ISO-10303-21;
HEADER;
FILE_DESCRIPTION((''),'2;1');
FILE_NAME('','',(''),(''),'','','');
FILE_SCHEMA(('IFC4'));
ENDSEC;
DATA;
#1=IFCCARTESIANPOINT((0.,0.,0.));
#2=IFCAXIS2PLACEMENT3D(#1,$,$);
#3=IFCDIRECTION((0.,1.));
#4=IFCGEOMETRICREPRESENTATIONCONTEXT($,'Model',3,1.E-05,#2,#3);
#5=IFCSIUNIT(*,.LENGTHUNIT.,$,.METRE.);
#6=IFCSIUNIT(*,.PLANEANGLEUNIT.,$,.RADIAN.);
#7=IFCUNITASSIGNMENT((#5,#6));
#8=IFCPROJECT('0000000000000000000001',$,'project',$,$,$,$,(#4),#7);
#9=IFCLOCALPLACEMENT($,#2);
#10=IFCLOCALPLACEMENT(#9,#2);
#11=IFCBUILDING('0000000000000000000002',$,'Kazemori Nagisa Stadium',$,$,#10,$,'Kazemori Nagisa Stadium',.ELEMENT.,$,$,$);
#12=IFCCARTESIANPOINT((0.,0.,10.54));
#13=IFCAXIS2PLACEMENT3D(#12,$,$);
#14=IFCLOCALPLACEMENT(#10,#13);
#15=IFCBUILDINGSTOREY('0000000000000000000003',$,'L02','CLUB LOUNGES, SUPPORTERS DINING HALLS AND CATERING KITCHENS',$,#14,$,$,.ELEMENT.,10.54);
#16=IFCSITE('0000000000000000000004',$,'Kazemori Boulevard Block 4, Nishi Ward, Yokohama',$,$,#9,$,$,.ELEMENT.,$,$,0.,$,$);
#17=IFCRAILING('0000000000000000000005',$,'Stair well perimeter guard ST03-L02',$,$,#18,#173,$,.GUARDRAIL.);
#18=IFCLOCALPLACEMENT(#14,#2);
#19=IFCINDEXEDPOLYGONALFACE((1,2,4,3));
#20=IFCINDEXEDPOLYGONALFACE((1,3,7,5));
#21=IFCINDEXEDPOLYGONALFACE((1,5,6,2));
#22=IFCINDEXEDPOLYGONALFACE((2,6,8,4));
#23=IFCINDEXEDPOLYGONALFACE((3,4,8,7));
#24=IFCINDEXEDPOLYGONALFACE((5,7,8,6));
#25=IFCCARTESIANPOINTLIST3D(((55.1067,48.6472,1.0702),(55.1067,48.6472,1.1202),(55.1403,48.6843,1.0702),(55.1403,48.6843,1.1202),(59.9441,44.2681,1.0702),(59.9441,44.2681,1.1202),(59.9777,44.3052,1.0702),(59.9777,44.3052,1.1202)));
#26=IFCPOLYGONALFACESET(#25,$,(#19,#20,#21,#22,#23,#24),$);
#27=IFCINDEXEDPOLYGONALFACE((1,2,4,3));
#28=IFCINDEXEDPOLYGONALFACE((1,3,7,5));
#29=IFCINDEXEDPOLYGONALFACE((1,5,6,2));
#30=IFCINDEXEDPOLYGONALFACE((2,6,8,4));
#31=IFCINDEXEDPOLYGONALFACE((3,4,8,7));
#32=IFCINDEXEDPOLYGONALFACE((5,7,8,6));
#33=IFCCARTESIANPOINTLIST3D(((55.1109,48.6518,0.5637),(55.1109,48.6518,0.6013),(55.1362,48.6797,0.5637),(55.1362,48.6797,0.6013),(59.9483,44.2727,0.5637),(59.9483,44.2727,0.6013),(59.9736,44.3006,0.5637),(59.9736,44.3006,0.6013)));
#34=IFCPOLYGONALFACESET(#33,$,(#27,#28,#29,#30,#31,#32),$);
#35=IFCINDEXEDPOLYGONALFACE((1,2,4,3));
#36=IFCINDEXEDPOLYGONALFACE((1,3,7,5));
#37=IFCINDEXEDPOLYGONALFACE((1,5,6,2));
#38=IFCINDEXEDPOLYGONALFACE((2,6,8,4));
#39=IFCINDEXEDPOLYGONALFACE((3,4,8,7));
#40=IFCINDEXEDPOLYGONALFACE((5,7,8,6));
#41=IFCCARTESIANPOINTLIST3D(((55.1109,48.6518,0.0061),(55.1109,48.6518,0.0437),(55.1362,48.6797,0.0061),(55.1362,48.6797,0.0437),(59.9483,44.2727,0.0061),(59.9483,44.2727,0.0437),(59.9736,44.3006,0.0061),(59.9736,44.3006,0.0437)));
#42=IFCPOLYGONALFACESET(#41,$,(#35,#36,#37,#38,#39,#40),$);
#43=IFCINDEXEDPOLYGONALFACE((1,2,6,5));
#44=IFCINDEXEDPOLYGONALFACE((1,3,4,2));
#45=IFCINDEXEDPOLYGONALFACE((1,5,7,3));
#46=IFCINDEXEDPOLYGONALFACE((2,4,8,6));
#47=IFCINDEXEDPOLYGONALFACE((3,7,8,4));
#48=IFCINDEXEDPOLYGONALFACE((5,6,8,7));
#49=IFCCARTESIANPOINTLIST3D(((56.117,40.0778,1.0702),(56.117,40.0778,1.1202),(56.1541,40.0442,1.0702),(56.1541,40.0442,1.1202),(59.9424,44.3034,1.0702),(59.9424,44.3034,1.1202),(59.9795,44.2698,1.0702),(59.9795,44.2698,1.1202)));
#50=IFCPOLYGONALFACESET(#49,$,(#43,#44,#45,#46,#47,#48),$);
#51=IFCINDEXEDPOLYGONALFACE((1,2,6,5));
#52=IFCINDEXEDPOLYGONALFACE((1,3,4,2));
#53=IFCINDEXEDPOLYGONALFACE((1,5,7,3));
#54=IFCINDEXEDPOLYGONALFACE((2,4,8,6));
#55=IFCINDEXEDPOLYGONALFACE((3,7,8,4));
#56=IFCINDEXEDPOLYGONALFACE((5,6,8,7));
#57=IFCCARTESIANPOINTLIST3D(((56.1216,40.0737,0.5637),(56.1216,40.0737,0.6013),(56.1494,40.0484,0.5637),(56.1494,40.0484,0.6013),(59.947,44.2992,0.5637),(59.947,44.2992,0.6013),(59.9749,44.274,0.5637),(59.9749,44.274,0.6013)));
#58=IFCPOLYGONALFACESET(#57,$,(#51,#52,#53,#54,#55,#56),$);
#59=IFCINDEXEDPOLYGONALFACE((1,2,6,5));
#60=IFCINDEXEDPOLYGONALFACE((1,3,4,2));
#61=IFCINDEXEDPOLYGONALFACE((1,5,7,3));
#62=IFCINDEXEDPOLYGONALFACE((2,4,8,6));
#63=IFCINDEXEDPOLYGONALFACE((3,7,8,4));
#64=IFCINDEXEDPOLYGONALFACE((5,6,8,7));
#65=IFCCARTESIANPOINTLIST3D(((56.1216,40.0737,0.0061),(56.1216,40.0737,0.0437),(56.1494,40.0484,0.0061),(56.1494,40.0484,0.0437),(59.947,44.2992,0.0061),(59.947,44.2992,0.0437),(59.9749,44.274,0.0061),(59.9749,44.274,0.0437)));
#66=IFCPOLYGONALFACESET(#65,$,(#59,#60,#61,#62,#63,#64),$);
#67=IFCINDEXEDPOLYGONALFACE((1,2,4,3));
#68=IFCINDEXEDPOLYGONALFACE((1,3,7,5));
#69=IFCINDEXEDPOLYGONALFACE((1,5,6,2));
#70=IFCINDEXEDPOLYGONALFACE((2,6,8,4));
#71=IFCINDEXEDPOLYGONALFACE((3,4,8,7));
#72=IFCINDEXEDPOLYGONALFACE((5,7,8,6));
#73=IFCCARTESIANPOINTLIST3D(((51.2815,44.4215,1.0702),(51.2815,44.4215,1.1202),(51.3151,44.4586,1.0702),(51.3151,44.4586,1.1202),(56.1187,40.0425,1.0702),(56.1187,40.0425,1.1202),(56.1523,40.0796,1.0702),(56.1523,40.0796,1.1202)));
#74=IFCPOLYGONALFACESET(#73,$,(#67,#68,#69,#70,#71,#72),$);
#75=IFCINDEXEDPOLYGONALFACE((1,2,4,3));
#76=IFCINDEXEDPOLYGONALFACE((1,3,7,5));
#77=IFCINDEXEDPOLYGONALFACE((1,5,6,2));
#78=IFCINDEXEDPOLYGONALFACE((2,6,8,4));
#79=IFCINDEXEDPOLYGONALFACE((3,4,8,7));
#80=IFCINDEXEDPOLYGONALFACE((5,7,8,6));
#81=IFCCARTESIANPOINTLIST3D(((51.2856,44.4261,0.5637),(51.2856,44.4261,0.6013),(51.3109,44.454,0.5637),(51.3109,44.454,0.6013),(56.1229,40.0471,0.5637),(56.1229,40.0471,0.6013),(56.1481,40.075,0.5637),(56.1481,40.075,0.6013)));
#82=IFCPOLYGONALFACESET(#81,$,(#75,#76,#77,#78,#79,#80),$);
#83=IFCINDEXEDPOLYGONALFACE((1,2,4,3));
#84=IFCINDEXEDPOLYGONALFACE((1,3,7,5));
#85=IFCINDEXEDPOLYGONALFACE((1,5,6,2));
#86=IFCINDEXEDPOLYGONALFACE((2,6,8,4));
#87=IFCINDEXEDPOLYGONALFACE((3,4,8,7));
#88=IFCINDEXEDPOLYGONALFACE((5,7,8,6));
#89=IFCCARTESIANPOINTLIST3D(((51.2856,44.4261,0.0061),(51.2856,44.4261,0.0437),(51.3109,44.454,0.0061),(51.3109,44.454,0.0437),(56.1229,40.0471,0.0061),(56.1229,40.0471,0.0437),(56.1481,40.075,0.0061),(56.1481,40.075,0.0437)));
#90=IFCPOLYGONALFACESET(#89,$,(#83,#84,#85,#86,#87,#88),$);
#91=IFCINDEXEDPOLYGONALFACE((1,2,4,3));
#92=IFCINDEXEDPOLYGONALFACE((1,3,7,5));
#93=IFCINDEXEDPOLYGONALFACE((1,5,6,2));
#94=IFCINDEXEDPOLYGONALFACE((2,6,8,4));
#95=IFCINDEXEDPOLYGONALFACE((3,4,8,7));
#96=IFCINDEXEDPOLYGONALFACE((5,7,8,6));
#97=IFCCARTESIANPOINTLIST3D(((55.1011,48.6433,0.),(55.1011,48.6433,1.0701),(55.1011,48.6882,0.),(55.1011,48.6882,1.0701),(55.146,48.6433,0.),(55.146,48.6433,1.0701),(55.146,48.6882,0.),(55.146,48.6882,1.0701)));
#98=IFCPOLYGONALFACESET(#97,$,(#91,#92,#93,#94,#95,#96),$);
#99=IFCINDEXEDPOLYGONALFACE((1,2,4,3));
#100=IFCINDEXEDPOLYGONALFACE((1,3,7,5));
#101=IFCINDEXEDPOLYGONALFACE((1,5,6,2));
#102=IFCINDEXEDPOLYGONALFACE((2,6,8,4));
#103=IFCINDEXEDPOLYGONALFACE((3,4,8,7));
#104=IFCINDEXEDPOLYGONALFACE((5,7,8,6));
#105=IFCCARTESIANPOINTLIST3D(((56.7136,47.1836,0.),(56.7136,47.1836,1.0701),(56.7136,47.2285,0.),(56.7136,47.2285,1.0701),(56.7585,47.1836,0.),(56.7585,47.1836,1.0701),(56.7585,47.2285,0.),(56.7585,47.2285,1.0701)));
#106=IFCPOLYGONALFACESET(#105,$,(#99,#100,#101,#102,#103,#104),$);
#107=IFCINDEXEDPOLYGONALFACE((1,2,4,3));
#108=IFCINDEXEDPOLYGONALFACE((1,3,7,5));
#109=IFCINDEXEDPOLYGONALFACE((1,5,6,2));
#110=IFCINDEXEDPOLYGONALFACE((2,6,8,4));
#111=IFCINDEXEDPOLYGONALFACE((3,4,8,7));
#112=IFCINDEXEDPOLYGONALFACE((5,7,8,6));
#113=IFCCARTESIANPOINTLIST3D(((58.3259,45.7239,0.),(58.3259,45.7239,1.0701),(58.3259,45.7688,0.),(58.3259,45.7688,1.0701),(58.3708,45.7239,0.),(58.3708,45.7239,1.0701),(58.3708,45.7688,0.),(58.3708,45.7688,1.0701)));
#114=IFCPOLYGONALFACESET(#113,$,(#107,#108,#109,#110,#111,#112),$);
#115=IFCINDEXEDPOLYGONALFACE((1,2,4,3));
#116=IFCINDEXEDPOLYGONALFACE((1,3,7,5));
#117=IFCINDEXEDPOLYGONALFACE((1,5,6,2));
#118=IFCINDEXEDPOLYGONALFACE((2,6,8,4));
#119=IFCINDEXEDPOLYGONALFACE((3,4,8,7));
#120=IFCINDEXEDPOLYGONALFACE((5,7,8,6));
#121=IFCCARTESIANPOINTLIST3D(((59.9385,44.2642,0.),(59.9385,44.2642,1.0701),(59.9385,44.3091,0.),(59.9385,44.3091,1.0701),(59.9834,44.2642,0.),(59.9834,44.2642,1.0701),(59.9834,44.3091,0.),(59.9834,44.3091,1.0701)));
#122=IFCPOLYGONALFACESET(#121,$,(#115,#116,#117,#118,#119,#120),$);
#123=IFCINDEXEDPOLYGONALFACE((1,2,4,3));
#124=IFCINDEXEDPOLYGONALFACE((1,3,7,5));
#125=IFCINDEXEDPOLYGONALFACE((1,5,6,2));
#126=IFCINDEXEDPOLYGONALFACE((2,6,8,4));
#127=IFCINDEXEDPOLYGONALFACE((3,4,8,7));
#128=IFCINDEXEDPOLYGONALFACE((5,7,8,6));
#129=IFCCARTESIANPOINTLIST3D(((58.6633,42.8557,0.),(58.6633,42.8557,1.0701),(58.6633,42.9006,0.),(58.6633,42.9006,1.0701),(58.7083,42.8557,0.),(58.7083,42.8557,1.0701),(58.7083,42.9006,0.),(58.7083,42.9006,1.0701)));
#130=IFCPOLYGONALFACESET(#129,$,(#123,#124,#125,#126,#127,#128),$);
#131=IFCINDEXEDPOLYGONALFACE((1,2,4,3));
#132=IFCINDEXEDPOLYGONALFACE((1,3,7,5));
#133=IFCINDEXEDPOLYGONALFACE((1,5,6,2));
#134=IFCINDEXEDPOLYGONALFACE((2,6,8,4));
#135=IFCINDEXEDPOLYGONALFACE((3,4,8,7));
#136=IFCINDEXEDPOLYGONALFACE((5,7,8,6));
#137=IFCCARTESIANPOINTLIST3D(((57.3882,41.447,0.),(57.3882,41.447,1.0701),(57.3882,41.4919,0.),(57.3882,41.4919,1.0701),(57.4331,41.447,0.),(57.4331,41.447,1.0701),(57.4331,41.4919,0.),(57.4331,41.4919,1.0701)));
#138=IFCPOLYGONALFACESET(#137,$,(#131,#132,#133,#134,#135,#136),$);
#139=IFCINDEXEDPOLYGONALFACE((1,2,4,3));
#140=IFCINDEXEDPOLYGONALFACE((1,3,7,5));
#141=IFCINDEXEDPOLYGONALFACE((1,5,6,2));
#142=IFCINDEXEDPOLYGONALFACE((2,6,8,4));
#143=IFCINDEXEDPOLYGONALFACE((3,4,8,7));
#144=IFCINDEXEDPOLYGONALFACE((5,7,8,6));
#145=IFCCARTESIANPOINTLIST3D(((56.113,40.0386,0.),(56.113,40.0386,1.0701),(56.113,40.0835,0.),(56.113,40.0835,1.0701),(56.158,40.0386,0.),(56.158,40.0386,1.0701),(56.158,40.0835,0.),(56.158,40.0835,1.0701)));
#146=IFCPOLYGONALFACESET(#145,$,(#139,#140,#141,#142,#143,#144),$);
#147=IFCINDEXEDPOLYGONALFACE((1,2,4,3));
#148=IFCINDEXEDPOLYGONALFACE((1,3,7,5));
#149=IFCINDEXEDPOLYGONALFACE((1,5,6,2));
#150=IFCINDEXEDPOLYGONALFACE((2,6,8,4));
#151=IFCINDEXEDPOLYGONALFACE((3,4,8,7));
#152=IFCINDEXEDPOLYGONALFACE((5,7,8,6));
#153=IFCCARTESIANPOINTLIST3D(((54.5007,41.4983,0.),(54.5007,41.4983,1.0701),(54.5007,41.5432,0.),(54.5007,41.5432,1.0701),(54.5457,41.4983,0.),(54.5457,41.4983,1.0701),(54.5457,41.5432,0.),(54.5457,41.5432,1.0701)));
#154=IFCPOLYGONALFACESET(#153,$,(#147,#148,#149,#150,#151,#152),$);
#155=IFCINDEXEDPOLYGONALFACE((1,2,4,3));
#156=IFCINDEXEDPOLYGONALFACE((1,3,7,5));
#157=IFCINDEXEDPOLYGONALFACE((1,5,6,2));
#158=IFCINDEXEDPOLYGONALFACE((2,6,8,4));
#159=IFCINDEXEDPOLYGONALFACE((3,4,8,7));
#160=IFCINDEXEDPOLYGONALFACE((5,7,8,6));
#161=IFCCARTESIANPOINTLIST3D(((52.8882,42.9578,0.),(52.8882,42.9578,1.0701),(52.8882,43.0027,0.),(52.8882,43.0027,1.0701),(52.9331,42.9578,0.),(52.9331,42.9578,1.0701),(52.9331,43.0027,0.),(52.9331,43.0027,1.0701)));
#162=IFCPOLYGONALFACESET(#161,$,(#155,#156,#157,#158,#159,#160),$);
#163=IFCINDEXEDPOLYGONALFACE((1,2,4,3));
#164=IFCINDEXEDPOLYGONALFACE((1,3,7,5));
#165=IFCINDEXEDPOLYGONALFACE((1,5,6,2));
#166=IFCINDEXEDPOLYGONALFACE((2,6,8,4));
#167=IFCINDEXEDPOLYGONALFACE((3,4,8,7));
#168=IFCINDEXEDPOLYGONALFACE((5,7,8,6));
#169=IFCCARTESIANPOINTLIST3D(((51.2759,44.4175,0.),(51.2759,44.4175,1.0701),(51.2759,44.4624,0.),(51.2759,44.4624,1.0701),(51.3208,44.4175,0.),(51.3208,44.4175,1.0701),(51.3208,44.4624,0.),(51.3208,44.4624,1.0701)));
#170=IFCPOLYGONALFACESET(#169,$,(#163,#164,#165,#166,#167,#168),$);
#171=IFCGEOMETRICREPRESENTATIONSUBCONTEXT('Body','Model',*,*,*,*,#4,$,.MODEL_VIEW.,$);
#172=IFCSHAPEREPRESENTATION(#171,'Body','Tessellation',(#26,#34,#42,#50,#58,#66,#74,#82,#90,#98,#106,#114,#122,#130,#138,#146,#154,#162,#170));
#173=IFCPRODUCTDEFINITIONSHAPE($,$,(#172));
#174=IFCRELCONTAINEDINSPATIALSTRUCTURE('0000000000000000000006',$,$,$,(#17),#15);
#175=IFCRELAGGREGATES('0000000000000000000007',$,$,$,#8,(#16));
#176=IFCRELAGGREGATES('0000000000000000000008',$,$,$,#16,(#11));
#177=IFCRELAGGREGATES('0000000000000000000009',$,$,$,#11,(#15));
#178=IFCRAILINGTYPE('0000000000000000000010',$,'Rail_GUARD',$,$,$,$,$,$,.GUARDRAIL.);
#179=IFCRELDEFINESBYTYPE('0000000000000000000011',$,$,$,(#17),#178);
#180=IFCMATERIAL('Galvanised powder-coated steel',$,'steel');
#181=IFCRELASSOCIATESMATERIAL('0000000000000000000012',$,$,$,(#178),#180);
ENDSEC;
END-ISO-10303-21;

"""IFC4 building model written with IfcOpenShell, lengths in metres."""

from ifc_helpers import new_model, si_unit, direction, frame, origin, origin_2d, place, context, subcontext, project, spatial, rectangle, extrude, material, type_object, element, save


model = new_model("IFC4")

# Units and contexts
model_context = context("Model", 3, precision=1e-05, world=origin(), true_north=direction((0.0, 1.0)))
body_context = subcontext(model_context, "Body", "Model", "MODEL_VIEW")
ifc_project = project(units=[si_unit("LENGTHUNIT", "METRE"), si_unit("PLANEANGLEUNIT", "RADIAN")], contexts=[model_context])

# Site, building, storey
site_placement = place(None, origin())
site = spatial("IfcSite", under=ifc_project, at=site_placement, Name="Kazemori Boulevard Block 4, Nishi Ward, Yokohama", CompositionType="ELEMENT", RefElevation=0.0)
building_placement = place(site_placement, origin())
building = spatial("IfcBuilding", under=site, at=building_placement, Name="Kazemori Nagisa Stadium", LongName="Kazemori Nagisa Stadium", CompositionType="ELEMENT")
storey_placement = place(building_placement, frame((0.0, 0.0, 10.54)))
storey = spatial("IfcBuildingStorey", under=building, at=storey_placement, Name="L02", Description="CLUB LOUNGES, SUPPORTERS DINING HALLS AND CATERING KITCHENS", CompositionType="ELEMENT", Elevation=10.54)

# Railing
ifc_material_1 = material(Name="Galvanised powder-coated steel", Category="steel")
railing_type_1 = type_object("IfcRailingType", Name="Rail_GUARD", PredefinedType="GUARDRAIL", material=ifc_material_1)
railing_1_placement = place(storey_placement, frame((55.1235, 48.6658, 0.0)))
element("IfcRailing", 1, at=railing_1_placement, inside=storey, type_object=railing_type_1, Name="Stair well perimeter guard ST03-L02", PredefinedType="GUARDRAIL", context=body_context, shape_type="SweptSolid", body=[
    extrude(rectangle(XDim=0.05, YDim=0.05, at=origin_2d()), frame((0.0, 0.0, 1.0952), z_axis=(0.741349, -0.67112, 0.0), x_axis=(0.67112, 0.741349, 0.0)), (0.0, 0.0, 1.0), 6.5251),
    extrude(rectangle(XDim=0.0376, YDim=0.0376, at=origin_2d()), frame((0.0, 0.0, 0.5825), z_axis=(0.741349, -0.67112, 0.0), x_axis=(0.67112, 0.741349, 0.0)), (0.0, 0.0, 1.0), 6.5251),
    extrude(rectangle(XDim=0.0376, YDim=0.0376, at=origin_2d()), frame((0.0, 0.0, 0.0249), z_axis=(0.741349, -0.67112, 0.0), x_axis=(0.67112, 0.741349, 0.0)), (0.0, 0.0, 1.0), 6.5251),
    extrude(rectangle(XDim=0.05, YDim=0.05, at=origin_2d()), frame((4.8374, -4.3792, 1.0952), z_axis=(-0.671134, -0.741336, 0.0), x_axis=(0.741336, -0.671134, 0.0)), (0.0, 0.0, 1.0), 5.7),
    extrude(rectangle(XDim=0.0376, YDim=0.0376, at=origin_2d()), frame((4.8374, -4.3792, 0.5825), z_axis=(-0.671134, -0.741336, 0.0), x_axis=(0.741336, -0.671134, 0.0)), (0.0, 0.0, 1.0), 5.7),
    extrude(rectangle(XDim=0.0376, YDim=0.0376, at=origin_2d()), frame((4.8374, -4.3792, 0.0249), z_axis=(-0.671134, -0.741336, 0.0), x_axis=(0.741336, -0.671134, 0.0)), (0.0, 0.0, 1.0), 5.7),
    extrude(rectangle(XDim=0.05, YDim=0.05, at=origin_2d()), frame((1.012, -8.6047, 1.0952), z_axis=(-0.74135, 0.671118, 0.0), x_axis=(-0.671118, -0.74135, 0.0)), (0.0, 0.0, 1.0), 6.5249),
    extrude(rectangle(XDim=0.0376, YDim=0.0376, at=origin_2d()), frame((1.012, -8.6047, 0.5825), z_axis=(-0.74135, 0.671118, 0.0), x_axis=(-0.671118, -0.74135, 0.0)), (0.0, 0.0, 1.0), 6.5249),
    extrude(rectangle(XDim=0.0376, YDim=0.0376, at=origin_2d()), frame((1.012, -8.6047, 0.0249), z_axis=(-0.74135, 0.671118, 0.0), x_axis=(-0.671118, -0.74135, 0.0)), (0.0, 0.0, 1.0), 6.5249),
    extrude(rectangle(XDim=0.0449, YDim=0.0449, at=origin_2d()), origin(), (0.0, 0.0, 1.0), 1.0701),
    extrude(rectangle(XDim=0.0449, YDim=0.0449, at=origin_2d()), frame((1.6125, -1.4597, 0.0)), (0.0, 0.0, 1.0), 1.0701),
    extrude(rectangle(XDim=0.0449, YDim=0.0449, at=origin_2d()), frame((3.2249, -2.9194, 0.0)), (0.0, 0.0, 1.0), 1.0701),
    extrude(rectangle(XDim=0.0449, YDim=0.0449, at=origin_2d()), frame((4.8374, -4.3792, 0.0)), (0.0, 0.0, 1.0), 1.0701),
    extrude(rectangle(XDim=0.0449, YDim=0.0449, at=origin_2d()), frame((3.5623, -5.7876, 0.0)), (0.0, 0.0, 1.0), 1.0701),
    extrude(rectangle(XDim=0.0449, YDim=0.0449, at=origin_2d()), frame((2.2871, -7.1963, 0.0)), (0.0, 0.0, 1.0), 1.0701),
    extrude(rectangle(XDim=0.0449, YDim=0.0449, at=origin_2d()), frame((1.012, -8.6047, 0.0)), (0.0, 0.0, 1.0), 1.0701),
    extrude(rectangle(XDim=0.0449, YDim=0.0449, at=origin_2d()), frame((-0.6003, -7.145, 0.0)), (0.0, 0.0, 1.0), 1.0701),
    extrude(rectangle(XDim=0.0449, YDim=0.0449, at=origin_2d()), frame((-2.2129, -5.6855, 0.0)), (0.0, 0.0, 1.0), 1.0701),
    extrude(rectangle(XDim=0.0449, YDim=0.0449, at=origin_2d()), frame((-3.8252, -4.2258, 0.0)), (0.0, 0.0, 1.0), 1.0701),
])

save(model, "model.ifc")
